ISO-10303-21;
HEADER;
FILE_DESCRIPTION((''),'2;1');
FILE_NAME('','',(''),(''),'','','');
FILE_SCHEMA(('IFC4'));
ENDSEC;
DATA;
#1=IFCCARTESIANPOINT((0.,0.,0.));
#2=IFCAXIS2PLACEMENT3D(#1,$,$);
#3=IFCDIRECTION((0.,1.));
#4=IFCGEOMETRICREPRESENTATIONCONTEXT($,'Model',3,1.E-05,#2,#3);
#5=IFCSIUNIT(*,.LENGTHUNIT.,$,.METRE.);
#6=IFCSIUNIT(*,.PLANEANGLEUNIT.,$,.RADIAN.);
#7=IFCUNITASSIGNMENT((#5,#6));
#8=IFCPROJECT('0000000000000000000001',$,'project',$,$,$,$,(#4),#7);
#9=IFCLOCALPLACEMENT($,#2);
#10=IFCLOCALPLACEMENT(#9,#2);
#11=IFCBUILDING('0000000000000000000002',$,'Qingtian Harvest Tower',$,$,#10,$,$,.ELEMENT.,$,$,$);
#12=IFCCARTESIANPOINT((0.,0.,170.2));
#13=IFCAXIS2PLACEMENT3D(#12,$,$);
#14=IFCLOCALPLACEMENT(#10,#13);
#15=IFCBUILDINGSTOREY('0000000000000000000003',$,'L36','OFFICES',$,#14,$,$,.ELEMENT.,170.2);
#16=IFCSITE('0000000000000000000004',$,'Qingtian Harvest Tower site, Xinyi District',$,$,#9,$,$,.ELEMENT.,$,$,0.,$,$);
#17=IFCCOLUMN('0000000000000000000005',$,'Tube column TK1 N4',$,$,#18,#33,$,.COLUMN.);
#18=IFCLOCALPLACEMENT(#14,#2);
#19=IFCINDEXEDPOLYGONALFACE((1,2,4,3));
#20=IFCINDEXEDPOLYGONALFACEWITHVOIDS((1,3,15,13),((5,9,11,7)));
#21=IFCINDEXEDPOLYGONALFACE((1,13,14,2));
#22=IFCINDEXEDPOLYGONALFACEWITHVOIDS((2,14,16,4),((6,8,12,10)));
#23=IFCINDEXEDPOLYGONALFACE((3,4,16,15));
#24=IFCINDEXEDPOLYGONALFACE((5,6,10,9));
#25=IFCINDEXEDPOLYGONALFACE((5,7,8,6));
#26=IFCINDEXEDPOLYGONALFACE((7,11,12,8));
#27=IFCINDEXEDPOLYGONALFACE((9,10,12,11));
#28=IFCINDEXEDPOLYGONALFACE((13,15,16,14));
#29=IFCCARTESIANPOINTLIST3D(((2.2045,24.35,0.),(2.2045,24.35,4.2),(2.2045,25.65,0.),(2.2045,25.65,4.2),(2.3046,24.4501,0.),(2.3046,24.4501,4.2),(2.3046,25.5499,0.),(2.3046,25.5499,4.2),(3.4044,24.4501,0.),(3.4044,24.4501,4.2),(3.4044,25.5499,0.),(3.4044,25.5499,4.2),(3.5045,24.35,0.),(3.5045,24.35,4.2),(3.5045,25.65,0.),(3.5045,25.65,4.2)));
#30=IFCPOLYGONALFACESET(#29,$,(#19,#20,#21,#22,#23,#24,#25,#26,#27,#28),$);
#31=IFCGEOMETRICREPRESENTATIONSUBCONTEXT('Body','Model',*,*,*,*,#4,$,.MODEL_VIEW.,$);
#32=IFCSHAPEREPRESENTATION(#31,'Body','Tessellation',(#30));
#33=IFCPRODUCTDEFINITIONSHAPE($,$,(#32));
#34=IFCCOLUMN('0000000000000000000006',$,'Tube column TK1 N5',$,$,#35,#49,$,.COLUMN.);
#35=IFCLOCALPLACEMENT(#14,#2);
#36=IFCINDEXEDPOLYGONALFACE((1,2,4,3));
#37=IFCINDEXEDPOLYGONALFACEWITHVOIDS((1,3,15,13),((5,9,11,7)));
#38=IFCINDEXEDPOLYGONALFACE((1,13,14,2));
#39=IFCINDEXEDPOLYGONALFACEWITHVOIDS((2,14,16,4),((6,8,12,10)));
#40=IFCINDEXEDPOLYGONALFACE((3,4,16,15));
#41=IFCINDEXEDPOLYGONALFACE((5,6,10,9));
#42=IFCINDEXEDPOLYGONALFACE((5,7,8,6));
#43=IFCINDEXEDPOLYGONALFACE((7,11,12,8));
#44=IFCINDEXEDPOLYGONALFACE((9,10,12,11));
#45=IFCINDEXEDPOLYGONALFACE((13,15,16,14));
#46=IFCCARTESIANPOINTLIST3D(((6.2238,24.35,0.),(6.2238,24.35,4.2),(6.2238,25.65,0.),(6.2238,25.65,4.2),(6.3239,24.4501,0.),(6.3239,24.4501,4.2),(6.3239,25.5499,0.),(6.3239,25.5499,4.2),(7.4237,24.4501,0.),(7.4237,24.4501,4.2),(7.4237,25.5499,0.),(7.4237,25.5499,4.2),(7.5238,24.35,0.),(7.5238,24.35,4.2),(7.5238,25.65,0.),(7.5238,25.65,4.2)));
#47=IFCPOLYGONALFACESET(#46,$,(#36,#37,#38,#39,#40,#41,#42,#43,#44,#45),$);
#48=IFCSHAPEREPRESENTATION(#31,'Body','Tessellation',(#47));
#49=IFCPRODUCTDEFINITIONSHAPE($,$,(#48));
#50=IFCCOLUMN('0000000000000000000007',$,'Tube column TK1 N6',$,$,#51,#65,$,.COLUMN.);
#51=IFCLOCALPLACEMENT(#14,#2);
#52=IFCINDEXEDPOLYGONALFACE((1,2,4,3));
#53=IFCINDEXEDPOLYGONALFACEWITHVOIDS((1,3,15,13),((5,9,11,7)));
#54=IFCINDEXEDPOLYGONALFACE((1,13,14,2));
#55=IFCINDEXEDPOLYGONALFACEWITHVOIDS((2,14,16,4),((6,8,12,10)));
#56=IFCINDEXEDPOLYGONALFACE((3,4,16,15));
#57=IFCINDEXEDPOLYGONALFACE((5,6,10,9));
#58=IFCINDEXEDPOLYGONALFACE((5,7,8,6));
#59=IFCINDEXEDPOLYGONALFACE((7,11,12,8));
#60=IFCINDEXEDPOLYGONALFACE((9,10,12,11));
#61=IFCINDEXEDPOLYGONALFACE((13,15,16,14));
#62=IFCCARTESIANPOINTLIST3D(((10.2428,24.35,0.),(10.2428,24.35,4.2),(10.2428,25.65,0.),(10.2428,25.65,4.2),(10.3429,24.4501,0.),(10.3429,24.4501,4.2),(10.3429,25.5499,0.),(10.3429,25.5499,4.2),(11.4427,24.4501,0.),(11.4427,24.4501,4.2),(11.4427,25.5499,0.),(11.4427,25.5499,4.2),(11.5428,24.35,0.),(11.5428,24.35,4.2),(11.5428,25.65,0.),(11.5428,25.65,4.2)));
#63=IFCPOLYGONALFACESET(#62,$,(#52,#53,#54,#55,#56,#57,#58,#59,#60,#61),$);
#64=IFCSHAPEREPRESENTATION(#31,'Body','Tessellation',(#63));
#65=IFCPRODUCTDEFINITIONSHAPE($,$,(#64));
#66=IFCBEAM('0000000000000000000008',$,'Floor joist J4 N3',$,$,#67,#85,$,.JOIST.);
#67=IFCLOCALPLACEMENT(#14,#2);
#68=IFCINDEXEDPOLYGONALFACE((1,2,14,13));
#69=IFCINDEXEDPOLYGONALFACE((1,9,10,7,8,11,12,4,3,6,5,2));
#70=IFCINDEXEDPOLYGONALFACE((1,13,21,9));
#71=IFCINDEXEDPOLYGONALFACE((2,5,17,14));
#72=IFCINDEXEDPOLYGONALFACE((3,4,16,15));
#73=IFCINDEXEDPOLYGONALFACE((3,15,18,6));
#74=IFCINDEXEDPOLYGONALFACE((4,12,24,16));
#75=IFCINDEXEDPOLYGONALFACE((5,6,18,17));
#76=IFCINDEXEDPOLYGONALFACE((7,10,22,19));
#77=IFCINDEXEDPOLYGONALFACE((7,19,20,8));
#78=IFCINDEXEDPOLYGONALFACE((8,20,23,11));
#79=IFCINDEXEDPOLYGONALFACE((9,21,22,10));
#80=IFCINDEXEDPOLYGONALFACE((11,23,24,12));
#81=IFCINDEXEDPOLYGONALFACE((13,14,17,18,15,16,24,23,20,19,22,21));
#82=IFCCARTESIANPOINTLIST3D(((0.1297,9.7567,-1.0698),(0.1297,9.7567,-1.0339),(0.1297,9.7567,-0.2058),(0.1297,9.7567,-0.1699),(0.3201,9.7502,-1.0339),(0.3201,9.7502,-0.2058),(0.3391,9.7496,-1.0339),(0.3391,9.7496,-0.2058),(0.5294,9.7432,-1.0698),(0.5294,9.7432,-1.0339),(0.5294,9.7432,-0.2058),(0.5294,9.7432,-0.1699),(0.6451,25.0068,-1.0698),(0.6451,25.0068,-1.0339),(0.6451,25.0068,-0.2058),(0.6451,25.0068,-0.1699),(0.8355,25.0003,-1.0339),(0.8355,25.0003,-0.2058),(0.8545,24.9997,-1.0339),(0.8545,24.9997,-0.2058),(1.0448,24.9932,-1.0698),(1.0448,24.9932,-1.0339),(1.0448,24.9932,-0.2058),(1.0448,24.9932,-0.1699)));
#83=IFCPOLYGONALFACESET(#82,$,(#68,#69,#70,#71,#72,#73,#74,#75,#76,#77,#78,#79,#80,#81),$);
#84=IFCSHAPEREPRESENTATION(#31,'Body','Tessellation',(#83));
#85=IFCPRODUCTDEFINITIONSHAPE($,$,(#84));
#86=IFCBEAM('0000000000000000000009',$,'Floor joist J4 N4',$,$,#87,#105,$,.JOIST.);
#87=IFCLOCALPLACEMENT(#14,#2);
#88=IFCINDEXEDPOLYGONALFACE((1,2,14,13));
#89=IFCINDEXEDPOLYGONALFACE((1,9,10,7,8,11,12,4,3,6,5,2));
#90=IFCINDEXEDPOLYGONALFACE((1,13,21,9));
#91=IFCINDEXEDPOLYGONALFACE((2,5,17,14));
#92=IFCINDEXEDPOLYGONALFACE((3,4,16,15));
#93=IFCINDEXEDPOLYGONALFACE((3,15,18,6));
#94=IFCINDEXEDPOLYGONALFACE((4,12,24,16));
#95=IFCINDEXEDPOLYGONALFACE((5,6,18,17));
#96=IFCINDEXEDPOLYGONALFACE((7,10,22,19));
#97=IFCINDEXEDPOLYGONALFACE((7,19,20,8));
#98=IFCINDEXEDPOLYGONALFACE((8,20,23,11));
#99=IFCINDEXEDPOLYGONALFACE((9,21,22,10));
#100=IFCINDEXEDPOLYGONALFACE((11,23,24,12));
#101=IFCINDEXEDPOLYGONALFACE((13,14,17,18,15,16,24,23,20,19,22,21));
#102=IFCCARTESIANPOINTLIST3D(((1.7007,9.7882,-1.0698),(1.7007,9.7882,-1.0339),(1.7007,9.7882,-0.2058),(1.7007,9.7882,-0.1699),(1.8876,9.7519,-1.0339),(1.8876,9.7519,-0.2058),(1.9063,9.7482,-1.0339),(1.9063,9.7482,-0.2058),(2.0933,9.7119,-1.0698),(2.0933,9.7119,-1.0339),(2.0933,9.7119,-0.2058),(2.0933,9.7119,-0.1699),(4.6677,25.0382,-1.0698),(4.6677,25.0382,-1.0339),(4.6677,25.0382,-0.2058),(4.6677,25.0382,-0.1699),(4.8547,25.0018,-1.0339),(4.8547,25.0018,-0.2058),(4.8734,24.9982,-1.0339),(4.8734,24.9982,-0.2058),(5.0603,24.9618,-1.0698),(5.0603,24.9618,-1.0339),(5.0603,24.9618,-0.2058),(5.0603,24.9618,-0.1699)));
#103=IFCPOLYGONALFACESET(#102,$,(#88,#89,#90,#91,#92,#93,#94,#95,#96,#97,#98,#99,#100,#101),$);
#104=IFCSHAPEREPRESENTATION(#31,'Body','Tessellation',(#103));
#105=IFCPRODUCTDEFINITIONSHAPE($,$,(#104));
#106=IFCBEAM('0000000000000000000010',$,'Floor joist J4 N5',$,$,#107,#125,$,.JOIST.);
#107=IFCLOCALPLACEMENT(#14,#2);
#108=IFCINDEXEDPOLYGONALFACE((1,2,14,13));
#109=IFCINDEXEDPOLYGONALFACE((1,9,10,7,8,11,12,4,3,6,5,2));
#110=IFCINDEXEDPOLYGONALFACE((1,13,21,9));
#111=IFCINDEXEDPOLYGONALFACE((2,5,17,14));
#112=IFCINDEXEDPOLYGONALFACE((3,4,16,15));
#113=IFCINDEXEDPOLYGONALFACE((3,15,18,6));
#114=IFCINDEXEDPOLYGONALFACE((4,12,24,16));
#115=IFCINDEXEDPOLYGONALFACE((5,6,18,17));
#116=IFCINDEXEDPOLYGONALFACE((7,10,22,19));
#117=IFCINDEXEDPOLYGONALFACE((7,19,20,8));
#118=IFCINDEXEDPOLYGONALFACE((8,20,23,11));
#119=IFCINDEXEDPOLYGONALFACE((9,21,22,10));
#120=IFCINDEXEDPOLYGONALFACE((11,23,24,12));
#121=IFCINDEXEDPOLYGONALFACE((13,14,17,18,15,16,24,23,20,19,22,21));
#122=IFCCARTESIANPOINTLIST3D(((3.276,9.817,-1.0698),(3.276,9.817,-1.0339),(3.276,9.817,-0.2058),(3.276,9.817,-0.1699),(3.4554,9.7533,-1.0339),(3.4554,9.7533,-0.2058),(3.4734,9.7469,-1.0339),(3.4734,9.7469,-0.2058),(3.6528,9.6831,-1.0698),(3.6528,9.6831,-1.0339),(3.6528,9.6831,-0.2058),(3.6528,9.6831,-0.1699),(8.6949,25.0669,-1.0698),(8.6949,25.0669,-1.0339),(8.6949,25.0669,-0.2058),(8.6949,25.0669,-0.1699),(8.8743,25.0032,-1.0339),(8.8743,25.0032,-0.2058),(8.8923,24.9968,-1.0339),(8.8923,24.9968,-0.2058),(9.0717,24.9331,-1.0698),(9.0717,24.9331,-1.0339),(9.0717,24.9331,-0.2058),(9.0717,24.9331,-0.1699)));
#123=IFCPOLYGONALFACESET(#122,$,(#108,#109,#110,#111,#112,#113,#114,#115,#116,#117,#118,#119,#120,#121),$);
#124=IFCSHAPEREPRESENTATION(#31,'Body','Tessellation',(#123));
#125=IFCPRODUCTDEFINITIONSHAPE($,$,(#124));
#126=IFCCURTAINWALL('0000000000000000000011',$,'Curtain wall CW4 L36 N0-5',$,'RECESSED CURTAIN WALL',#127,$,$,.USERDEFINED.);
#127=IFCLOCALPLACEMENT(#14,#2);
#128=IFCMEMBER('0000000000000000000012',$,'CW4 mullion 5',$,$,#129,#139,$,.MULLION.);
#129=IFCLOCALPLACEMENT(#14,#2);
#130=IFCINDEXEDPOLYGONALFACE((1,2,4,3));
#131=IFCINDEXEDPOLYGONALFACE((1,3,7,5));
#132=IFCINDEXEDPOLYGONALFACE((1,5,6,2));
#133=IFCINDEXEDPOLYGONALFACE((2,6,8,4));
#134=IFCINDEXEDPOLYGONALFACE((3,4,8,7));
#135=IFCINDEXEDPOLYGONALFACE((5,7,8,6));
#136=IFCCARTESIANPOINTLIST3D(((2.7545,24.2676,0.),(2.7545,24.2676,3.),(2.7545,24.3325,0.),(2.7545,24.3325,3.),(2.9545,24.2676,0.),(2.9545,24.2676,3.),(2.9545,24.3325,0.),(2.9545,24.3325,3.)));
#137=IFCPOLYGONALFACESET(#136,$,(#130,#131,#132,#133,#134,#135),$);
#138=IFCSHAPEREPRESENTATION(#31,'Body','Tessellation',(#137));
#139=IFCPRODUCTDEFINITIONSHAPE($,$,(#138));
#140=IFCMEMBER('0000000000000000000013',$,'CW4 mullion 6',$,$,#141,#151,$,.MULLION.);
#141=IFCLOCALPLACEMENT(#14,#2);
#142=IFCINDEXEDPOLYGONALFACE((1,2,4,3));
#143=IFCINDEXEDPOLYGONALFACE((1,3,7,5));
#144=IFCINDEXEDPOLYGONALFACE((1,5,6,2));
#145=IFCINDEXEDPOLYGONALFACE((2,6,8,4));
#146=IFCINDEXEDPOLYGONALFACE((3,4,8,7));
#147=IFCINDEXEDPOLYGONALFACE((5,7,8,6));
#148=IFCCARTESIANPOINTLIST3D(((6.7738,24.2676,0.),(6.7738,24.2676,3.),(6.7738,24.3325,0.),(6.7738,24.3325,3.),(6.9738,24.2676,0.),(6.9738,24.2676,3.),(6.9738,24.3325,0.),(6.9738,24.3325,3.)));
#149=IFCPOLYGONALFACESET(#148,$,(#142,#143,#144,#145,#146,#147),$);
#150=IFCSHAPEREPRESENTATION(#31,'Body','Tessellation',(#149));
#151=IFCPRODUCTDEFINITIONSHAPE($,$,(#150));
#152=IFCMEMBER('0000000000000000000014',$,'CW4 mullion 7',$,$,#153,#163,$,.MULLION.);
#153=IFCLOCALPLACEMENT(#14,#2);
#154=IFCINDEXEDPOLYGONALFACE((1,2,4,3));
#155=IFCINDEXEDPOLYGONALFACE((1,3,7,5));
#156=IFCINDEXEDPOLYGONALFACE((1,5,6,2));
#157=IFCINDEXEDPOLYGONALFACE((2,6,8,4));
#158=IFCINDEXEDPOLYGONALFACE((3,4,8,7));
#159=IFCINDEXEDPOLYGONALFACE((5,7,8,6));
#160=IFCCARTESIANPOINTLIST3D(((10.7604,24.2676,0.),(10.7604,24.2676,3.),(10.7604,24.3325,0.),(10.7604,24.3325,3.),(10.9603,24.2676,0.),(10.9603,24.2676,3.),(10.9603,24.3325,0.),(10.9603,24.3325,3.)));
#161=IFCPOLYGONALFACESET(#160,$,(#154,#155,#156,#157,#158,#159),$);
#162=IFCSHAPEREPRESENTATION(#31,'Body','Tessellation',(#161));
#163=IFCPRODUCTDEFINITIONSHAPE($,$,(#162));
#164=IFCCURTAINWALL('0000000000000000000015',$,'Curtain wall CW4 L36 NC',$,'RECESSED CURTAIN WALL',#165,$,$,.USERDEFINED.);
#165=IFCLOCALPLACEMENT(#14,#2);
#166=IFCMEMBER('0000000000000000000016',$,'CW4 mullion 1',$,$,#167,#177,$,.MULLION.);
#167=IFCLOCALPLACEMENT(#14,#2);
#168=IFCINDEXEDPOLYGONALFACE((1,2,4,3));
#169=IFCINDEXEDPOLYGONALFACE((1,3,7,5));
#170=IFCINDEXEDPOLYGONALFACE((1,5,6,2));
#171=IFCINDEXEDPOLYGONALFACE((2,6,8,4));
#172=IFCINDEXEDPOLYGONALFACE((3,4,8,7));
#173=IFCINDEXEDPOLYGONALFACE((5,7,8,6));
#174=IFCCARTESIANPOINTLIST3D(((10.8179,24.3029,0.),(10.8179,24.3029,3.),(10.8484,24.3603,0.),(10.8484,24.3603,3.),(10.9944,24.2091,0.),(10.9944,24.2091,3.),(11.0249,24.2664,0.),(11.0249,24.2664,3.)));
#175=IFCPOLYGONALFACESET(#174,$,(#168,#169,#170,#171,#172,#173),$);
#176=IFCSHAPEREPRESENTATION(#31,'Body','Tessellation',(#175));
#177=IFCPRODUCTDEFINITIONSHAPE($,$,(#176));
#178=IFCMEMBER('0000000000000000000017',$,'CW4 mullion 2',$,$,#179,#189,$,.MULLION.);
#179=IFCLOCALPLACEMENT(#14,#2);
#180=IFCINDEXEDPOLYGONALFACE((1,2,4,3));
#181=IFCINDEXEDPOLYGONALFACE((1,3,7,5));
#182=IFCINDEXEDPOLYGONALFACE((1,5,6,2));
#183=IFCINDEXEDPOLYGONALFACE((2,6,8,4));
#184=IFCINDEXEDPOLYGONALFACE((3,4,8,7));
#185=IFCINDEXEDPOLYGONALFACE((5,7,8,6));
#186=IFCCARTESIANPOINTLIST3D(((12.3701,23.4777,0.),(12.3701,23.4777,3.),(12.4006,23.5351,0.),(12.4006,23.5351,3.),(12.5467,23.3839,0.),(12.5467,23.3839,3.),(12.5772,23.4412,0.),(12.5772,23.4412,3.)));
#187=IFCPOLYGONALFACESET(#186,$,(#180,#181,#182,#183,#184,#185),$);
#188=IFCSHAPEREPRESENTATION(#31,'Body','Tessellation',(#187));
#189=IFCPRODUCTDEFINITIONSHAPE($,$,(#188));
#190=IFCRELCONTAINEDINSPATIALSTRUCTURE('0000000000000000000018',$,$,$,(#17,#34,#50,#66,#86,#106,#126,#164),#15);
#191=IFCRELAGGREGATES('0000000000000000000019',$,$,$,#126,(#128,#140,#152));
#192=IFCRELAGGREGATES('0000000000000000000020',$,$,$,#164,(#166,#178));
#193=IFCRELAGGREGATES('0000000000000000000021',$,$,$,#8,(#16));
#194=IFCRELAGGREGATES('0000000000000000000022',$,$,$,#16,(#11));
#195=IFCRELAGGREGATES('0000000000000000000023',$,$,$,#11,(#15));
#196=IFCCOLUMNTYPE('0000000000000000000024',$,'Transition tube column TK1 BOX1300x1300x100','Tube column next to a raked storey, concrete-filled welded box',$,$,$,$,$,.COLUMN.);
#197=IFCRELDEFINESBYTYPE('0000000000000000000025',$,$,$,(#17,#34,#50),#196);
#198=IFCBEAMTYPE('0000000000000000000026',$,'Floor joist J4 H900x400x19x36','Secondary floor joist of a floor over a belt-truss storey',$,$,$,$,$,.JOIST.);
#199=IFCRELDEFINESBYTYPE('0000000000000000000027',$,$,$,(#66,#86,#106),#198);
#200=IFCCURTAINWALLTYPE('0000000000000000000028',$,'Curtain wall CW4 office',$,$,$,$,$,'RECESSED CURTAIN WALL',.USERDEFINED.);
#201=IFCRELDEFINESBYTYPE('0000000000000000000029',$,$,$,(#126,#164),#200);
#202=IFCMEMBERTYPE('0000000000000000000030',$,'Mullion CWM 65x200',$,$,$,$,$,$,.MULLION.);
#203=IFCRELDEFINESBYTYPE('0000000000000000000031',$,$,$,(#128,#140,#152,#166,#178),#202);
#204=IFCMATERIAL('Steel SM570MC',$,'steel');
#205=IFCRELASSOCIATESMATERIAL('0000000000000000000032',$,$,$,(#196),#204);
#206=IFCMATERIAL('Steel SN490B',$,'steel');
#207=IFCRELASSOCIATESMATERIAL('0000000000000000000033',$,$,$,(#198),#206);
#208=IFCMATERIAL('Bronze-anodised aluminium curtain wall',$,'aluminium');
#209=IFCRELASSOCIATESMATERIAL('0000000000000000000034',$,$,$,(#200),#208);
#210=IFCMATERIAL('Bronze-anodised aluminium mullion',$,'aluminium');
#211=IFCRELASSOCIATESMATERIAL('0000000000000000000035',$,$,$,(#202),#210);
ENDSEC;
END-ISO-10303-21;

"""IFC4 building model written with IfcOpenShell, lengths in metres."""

from ifc_helpers import new_model, si_unit, direction, frame, origin, origin_2d, place, context, subcontext, project, spatial, rectangle, hollow_rectangle, i_section, extrude, material, material_profile, profile_set, type_object, element, aggregate, save


model = new_model("IFC4")

# Units and contexts
model_context = context("Model", 3, precision=1e-05, world=origin(), true_north=direction((0.0, 1.0)))
body_context = subcontext(model_context, "Body", "Model", "MODEL_VIEW")
ifc_project = project(units=[si_unit("LENGTHUNIT", "METRE"), si_unit("PLANEANGLEUNIT", "RADIAN")], contexts=[model_context])

# Site, building, storey
site_placement = place(None, origin())
site = spatial("IfcSite", under=ifc_project, at=site_placement, Name="Qingtian Harvest Tower site, Xinyi District", CompositionType="ELEMENT", RefElevation=0.0)
building_placement = place(site_placement, origin())
building = spatial("IfcBuilding", under=site, at=building_placement, Name="Qingtian Harvest Tower", CompositionType="ELEMENT")
storey_placement = place(building_placement, frame((0.0, 0.0, 170.2)))
storey = spatial("IfcBuildingStorey", under=building, at=storey_placement, Name="L36", Description="OFFICES", CompositionType="ELEMENT", Elevation=170.2)

# Columns
ifc_material_1 = material(Name="Steel SM570MC", Category="steel")
ifc_material_profile_1 = material_profile(ifc_material_1, hollow_rectangle(XDim=1.3, YDim=1.3, WallThickness=0.1001, at=origin_2d()), Name="BOX1300x1300x100")
ifc_profile_set_1 = profile_set([ifc_material_profile_1], Name="Steel SM570MC")
column_type = type_object("IfcColumnType", Name="Transition tube column TK1 BOX1300x1300x100", Description="Tube column next to a raked storey, concrete-filled welded box", PredefinedType="COLUMN", material=ifc_profile_set_1)
for number, where, z_axis, x_axis, name in (
    (1, (2.8545, 25.0, 0.0), (0.0, 0.0, 1.0), (-1.0, 0.0, 0.0), "Tube column TK1 N4"),
    (2, (6.8738, 25.0, 0.0), (0.0, 0.0, 1.0), (-1.0, 0.0, 0.0), "Tube column TK1 N5"),
    (3, (10.8928, 25.0, 0.0), (0.0, 0.0, 1.0), (-1.0, 0.0, 0.0), "Tube column TK1 N6"),
):
    element("IfcColumn", number, at=place(storey_placement, frame(where, z_axis=z_axis, x_axis=x_axis)), inside=storey, type_object=column_type, Name=name, PredefinedType="COLUMN", context=body_context, shape_type="SweptSolid", body=[
        extrude(hollow_rectangle(XDim=1.3, YDim=1.3, WallThickness=0.1001, at=origin_2d()), origin(), (0.0, 0.0, 1.0), 4.2),
    ])

# Beams
ifc_material_2 = material(Name="Steel SN490B", Category="steel")
ifc_material_profile_2 = material_profile(ifc_material_2, i_section(OverallWidth=0.3999, OverallDepth=0.8999, WebThickness=0.019, FlangeThickness=0.0359, at=origin_2d()), Name="H900x400x19x36")
ifc_profile_set_2 = profile_set([ifc_material_profile_2], Name="Steel SN490B")
beam_type_1 = type_object("IfcBeamType", Name="Floor joist J4 H900x400x19x36", Description="Secondary floor joist of a floor over a belt-truss storey", PredefinedType="JOIST", material=ifc_profile_set_2)
beam_1_placement = place(storey_placement, frame((0.845, 25.0, -0.6199), z_axis=(-0.033776, -0.999429, 0.0), x_axis=(0.999429, -0.033776, 0.0)))
element("IfcBeam", 4, at=beam_1_placement, inside=storey, type_object=beam_type_1, Name="Floor joist J4 N3", PredefinedType="JOIST", context=body_context, shape_type="SweptSolid", body=[
    extrude(i_section(OverallWidth=0.3999, OverallDepth=0.8999, WebThickness=0.019, FlangeThickness=0.0359, at=origin_2d()), origin(), (0.0, 0.0, 1.0), 15.2588),
])
beam_2_placement = place(storey_placement, frame((4.864, 25.0, -0.6199), z_axis=(-0.190979, -0.981594, 0.0), x_axis=(0.981594, -0.190979, 0.0)))
element("IfcBeam", 5, at=beam_2_placement, inside=storey, type_object=beam_type_1, Name="Floor joist J4 N4", PredefinedType="JOIST", context=body_context, shape_type="SweptSolid", body=[
    extrude(i_section(OverallWidth=0.3999, OverallDepth=0.8999, WebThickness=0.019, FlangeThickness=0.0359, at=origin_2d()), origin(), (0.0, 0.0, 1.0), 15.5359),
])
beam_3_placement = place(storey_placement, frame((8.8833, 25.0, -0.6199), z_axis=(-0.33483, -0.942279, 0.0), x_axis=(0.942279, -0.33483, 0.0)))
element("IfcBeam", 6, at=beam_3_placement, inside=storey, type_object=beam_type_1, Name="Floor joist J4 N5", PredefinedType="JOIST", context=body_context, shape_type="SweptSolid", body=[
    extrude(i_section(OverallWidth=0.3999, OverallDepth=0.8999, WebThickness=0.019, FlangeThickness=0.0359, at=origin_2d()), origin(), (0.0, 0.0, 1.0), 16.1841),
])

# Curtain walls, members
ifc_material_3 = material(Name="Bronze-anodised aluminium curtain wall", Category="aluminium")
curtain_wall_type = type_object("IfcCurtainWallType", Name="Curtain wall CW4 office", ElementType="RECESSED CURTAIN WALL", PredefinedType="USERDEFINED", material=ifc_material_3)
curtain_wall_1_placement = place(storey_placement, origin())
curtain_wall_1 = element("IfcCurtainWall", 7, at=curtain_wall_1_placement, inside=storey, type_object=curtain_wall_type, Name="Curtain wall CW4 L36 N0-5", ObjectType="RECESSED CURTAIN WALL", PredefinedType="USERDEFINED")
ifc_material_4 = material(Name="Bronze-anodised aluminium mullion", Category="aluminium")
ifc_material_profile_3 = material_profile(ifc_material_4, rectangle(XDim=0.0649, YDim=0.2, at=origin_2d()), Name="AL 65x200")
ifc_profile_set_3 = profile_set([ifc_material_profile_3], Name="Bronze-anodised aluminium mullion")
member_type_1 = type_object("IfcMemberType", Name="Mullion CWM 65x200", PredefinedType="MULLION", material=ifc_profile_set_3)
member_1_placement = place(storey_placement, frame((2.8545, 24.3, 0.0), z_axis=(0.0, 0.0, 1.0), x_axis=(0.0, 1.0, 0.0)))
member_1 = element("IfcMember", 8, at=member_1_placement, type_object=member_type_1, Name="CW4 mullion 5", PredefinedType="MULLION", context=body_context, shape_type="SweptSolid", body=[
    extrude(rectangle(XDim=0.0649, YDim=0.2, at=origin_2d()), origin(), (0.0, 0.0, 1.0), 3.0),
])
member_2_placement = place(storey_placement, frame((6.8738, 24.3, 0.0), z_axis=(0.0, 0.0, 1.0), x_axis=(0.0, 1.0, 0.0)))
member_2 = element("IfcMember", 9, at=member_2_placement, type_object=member_type_1, Name="CW4 mullion 6", PredefinedType="MULLION", context=body_context, shape_type="SweptSolid", body=[
    extrude(rectangle(XDim=0.0649, YDim=0.2, at=origin_2d()), origin(), (0.0, 0.0, 1.0), 3.0),
])
member_3_placement = place(storey_placement, frame((10.8604, 24.3, 0.0), z_axis=(0.0, 0.0, 1.0), x_axis=(0.0, 1.0, 0.0)))
member_3 = element("IfcMember", 10, at=member_3_placement, type_object=member_type_1, Name="CW4 mullion 7", PredefinedType="MULLION", context=body_context, shape_type="SweptSolid", body=[
    extrude(rectangle(XDim=0.0649, YDim=0.2, at=origin_2d()), origin(), (0.0, 0.0, 1.0), 3.0),
])
curtain_wall_2_placement = place(storey_placement, origin())
curtain_wall_2 = element("IfcCurtainWall", 11, at=curtain_wall_2_placement, inside=storey, type_object=curtain_wall_type, Name="Curtain wall CW4 L36 NC", ObjectType="RECESSED CURTAIN WALL", PredefinedType="USERDEFINED")
member_4_placement = place(storey_placement, frame((10.9214, 24.2847, 0.0), z_axis=(0.0, 0.0, 1.0), x_axis=(0.469472, 0.882948, 0.0)))
member_4 = element("IfcMember", 12, at=member_4_placement, type_object=member_type_1, Name="CW4 mullion 1", PredefinedType="MULLION", context=body_context, shape_type="SweptSolid", body=[
    extrude(rectangle(XDim=0.0649, YDim=0.2, at=origin_2d()), origin(), (0.0, 0.0, 1.0), 3.0),
])
member_5_placement = place(storey_placement, frame((12.4736, 23.4595, 0.0), z_axis=(0.0, 0.0, 1.0), x_axis=(0.469472, 0.882948, 0.0)))
member_5 = element("IfcMember", 13, at=member_5_placement, type_object=member_type_1, Name="CW4 mullion 2", PredefinedType="MULLION", context=body_context, shape_type="SweptSolid", body=[
    extrude(rectangle(XDim=0.0649, YDim=0.2, at=origin_2d()), origin(), (0.0, 0.0, 1.0), 3.0),
])

aggregate(curtain_wall_1, [member_1, member_2, member_3])
aggregate(curtain_wall_2, [member_4, member_5])

save(model, "model.ifc")
